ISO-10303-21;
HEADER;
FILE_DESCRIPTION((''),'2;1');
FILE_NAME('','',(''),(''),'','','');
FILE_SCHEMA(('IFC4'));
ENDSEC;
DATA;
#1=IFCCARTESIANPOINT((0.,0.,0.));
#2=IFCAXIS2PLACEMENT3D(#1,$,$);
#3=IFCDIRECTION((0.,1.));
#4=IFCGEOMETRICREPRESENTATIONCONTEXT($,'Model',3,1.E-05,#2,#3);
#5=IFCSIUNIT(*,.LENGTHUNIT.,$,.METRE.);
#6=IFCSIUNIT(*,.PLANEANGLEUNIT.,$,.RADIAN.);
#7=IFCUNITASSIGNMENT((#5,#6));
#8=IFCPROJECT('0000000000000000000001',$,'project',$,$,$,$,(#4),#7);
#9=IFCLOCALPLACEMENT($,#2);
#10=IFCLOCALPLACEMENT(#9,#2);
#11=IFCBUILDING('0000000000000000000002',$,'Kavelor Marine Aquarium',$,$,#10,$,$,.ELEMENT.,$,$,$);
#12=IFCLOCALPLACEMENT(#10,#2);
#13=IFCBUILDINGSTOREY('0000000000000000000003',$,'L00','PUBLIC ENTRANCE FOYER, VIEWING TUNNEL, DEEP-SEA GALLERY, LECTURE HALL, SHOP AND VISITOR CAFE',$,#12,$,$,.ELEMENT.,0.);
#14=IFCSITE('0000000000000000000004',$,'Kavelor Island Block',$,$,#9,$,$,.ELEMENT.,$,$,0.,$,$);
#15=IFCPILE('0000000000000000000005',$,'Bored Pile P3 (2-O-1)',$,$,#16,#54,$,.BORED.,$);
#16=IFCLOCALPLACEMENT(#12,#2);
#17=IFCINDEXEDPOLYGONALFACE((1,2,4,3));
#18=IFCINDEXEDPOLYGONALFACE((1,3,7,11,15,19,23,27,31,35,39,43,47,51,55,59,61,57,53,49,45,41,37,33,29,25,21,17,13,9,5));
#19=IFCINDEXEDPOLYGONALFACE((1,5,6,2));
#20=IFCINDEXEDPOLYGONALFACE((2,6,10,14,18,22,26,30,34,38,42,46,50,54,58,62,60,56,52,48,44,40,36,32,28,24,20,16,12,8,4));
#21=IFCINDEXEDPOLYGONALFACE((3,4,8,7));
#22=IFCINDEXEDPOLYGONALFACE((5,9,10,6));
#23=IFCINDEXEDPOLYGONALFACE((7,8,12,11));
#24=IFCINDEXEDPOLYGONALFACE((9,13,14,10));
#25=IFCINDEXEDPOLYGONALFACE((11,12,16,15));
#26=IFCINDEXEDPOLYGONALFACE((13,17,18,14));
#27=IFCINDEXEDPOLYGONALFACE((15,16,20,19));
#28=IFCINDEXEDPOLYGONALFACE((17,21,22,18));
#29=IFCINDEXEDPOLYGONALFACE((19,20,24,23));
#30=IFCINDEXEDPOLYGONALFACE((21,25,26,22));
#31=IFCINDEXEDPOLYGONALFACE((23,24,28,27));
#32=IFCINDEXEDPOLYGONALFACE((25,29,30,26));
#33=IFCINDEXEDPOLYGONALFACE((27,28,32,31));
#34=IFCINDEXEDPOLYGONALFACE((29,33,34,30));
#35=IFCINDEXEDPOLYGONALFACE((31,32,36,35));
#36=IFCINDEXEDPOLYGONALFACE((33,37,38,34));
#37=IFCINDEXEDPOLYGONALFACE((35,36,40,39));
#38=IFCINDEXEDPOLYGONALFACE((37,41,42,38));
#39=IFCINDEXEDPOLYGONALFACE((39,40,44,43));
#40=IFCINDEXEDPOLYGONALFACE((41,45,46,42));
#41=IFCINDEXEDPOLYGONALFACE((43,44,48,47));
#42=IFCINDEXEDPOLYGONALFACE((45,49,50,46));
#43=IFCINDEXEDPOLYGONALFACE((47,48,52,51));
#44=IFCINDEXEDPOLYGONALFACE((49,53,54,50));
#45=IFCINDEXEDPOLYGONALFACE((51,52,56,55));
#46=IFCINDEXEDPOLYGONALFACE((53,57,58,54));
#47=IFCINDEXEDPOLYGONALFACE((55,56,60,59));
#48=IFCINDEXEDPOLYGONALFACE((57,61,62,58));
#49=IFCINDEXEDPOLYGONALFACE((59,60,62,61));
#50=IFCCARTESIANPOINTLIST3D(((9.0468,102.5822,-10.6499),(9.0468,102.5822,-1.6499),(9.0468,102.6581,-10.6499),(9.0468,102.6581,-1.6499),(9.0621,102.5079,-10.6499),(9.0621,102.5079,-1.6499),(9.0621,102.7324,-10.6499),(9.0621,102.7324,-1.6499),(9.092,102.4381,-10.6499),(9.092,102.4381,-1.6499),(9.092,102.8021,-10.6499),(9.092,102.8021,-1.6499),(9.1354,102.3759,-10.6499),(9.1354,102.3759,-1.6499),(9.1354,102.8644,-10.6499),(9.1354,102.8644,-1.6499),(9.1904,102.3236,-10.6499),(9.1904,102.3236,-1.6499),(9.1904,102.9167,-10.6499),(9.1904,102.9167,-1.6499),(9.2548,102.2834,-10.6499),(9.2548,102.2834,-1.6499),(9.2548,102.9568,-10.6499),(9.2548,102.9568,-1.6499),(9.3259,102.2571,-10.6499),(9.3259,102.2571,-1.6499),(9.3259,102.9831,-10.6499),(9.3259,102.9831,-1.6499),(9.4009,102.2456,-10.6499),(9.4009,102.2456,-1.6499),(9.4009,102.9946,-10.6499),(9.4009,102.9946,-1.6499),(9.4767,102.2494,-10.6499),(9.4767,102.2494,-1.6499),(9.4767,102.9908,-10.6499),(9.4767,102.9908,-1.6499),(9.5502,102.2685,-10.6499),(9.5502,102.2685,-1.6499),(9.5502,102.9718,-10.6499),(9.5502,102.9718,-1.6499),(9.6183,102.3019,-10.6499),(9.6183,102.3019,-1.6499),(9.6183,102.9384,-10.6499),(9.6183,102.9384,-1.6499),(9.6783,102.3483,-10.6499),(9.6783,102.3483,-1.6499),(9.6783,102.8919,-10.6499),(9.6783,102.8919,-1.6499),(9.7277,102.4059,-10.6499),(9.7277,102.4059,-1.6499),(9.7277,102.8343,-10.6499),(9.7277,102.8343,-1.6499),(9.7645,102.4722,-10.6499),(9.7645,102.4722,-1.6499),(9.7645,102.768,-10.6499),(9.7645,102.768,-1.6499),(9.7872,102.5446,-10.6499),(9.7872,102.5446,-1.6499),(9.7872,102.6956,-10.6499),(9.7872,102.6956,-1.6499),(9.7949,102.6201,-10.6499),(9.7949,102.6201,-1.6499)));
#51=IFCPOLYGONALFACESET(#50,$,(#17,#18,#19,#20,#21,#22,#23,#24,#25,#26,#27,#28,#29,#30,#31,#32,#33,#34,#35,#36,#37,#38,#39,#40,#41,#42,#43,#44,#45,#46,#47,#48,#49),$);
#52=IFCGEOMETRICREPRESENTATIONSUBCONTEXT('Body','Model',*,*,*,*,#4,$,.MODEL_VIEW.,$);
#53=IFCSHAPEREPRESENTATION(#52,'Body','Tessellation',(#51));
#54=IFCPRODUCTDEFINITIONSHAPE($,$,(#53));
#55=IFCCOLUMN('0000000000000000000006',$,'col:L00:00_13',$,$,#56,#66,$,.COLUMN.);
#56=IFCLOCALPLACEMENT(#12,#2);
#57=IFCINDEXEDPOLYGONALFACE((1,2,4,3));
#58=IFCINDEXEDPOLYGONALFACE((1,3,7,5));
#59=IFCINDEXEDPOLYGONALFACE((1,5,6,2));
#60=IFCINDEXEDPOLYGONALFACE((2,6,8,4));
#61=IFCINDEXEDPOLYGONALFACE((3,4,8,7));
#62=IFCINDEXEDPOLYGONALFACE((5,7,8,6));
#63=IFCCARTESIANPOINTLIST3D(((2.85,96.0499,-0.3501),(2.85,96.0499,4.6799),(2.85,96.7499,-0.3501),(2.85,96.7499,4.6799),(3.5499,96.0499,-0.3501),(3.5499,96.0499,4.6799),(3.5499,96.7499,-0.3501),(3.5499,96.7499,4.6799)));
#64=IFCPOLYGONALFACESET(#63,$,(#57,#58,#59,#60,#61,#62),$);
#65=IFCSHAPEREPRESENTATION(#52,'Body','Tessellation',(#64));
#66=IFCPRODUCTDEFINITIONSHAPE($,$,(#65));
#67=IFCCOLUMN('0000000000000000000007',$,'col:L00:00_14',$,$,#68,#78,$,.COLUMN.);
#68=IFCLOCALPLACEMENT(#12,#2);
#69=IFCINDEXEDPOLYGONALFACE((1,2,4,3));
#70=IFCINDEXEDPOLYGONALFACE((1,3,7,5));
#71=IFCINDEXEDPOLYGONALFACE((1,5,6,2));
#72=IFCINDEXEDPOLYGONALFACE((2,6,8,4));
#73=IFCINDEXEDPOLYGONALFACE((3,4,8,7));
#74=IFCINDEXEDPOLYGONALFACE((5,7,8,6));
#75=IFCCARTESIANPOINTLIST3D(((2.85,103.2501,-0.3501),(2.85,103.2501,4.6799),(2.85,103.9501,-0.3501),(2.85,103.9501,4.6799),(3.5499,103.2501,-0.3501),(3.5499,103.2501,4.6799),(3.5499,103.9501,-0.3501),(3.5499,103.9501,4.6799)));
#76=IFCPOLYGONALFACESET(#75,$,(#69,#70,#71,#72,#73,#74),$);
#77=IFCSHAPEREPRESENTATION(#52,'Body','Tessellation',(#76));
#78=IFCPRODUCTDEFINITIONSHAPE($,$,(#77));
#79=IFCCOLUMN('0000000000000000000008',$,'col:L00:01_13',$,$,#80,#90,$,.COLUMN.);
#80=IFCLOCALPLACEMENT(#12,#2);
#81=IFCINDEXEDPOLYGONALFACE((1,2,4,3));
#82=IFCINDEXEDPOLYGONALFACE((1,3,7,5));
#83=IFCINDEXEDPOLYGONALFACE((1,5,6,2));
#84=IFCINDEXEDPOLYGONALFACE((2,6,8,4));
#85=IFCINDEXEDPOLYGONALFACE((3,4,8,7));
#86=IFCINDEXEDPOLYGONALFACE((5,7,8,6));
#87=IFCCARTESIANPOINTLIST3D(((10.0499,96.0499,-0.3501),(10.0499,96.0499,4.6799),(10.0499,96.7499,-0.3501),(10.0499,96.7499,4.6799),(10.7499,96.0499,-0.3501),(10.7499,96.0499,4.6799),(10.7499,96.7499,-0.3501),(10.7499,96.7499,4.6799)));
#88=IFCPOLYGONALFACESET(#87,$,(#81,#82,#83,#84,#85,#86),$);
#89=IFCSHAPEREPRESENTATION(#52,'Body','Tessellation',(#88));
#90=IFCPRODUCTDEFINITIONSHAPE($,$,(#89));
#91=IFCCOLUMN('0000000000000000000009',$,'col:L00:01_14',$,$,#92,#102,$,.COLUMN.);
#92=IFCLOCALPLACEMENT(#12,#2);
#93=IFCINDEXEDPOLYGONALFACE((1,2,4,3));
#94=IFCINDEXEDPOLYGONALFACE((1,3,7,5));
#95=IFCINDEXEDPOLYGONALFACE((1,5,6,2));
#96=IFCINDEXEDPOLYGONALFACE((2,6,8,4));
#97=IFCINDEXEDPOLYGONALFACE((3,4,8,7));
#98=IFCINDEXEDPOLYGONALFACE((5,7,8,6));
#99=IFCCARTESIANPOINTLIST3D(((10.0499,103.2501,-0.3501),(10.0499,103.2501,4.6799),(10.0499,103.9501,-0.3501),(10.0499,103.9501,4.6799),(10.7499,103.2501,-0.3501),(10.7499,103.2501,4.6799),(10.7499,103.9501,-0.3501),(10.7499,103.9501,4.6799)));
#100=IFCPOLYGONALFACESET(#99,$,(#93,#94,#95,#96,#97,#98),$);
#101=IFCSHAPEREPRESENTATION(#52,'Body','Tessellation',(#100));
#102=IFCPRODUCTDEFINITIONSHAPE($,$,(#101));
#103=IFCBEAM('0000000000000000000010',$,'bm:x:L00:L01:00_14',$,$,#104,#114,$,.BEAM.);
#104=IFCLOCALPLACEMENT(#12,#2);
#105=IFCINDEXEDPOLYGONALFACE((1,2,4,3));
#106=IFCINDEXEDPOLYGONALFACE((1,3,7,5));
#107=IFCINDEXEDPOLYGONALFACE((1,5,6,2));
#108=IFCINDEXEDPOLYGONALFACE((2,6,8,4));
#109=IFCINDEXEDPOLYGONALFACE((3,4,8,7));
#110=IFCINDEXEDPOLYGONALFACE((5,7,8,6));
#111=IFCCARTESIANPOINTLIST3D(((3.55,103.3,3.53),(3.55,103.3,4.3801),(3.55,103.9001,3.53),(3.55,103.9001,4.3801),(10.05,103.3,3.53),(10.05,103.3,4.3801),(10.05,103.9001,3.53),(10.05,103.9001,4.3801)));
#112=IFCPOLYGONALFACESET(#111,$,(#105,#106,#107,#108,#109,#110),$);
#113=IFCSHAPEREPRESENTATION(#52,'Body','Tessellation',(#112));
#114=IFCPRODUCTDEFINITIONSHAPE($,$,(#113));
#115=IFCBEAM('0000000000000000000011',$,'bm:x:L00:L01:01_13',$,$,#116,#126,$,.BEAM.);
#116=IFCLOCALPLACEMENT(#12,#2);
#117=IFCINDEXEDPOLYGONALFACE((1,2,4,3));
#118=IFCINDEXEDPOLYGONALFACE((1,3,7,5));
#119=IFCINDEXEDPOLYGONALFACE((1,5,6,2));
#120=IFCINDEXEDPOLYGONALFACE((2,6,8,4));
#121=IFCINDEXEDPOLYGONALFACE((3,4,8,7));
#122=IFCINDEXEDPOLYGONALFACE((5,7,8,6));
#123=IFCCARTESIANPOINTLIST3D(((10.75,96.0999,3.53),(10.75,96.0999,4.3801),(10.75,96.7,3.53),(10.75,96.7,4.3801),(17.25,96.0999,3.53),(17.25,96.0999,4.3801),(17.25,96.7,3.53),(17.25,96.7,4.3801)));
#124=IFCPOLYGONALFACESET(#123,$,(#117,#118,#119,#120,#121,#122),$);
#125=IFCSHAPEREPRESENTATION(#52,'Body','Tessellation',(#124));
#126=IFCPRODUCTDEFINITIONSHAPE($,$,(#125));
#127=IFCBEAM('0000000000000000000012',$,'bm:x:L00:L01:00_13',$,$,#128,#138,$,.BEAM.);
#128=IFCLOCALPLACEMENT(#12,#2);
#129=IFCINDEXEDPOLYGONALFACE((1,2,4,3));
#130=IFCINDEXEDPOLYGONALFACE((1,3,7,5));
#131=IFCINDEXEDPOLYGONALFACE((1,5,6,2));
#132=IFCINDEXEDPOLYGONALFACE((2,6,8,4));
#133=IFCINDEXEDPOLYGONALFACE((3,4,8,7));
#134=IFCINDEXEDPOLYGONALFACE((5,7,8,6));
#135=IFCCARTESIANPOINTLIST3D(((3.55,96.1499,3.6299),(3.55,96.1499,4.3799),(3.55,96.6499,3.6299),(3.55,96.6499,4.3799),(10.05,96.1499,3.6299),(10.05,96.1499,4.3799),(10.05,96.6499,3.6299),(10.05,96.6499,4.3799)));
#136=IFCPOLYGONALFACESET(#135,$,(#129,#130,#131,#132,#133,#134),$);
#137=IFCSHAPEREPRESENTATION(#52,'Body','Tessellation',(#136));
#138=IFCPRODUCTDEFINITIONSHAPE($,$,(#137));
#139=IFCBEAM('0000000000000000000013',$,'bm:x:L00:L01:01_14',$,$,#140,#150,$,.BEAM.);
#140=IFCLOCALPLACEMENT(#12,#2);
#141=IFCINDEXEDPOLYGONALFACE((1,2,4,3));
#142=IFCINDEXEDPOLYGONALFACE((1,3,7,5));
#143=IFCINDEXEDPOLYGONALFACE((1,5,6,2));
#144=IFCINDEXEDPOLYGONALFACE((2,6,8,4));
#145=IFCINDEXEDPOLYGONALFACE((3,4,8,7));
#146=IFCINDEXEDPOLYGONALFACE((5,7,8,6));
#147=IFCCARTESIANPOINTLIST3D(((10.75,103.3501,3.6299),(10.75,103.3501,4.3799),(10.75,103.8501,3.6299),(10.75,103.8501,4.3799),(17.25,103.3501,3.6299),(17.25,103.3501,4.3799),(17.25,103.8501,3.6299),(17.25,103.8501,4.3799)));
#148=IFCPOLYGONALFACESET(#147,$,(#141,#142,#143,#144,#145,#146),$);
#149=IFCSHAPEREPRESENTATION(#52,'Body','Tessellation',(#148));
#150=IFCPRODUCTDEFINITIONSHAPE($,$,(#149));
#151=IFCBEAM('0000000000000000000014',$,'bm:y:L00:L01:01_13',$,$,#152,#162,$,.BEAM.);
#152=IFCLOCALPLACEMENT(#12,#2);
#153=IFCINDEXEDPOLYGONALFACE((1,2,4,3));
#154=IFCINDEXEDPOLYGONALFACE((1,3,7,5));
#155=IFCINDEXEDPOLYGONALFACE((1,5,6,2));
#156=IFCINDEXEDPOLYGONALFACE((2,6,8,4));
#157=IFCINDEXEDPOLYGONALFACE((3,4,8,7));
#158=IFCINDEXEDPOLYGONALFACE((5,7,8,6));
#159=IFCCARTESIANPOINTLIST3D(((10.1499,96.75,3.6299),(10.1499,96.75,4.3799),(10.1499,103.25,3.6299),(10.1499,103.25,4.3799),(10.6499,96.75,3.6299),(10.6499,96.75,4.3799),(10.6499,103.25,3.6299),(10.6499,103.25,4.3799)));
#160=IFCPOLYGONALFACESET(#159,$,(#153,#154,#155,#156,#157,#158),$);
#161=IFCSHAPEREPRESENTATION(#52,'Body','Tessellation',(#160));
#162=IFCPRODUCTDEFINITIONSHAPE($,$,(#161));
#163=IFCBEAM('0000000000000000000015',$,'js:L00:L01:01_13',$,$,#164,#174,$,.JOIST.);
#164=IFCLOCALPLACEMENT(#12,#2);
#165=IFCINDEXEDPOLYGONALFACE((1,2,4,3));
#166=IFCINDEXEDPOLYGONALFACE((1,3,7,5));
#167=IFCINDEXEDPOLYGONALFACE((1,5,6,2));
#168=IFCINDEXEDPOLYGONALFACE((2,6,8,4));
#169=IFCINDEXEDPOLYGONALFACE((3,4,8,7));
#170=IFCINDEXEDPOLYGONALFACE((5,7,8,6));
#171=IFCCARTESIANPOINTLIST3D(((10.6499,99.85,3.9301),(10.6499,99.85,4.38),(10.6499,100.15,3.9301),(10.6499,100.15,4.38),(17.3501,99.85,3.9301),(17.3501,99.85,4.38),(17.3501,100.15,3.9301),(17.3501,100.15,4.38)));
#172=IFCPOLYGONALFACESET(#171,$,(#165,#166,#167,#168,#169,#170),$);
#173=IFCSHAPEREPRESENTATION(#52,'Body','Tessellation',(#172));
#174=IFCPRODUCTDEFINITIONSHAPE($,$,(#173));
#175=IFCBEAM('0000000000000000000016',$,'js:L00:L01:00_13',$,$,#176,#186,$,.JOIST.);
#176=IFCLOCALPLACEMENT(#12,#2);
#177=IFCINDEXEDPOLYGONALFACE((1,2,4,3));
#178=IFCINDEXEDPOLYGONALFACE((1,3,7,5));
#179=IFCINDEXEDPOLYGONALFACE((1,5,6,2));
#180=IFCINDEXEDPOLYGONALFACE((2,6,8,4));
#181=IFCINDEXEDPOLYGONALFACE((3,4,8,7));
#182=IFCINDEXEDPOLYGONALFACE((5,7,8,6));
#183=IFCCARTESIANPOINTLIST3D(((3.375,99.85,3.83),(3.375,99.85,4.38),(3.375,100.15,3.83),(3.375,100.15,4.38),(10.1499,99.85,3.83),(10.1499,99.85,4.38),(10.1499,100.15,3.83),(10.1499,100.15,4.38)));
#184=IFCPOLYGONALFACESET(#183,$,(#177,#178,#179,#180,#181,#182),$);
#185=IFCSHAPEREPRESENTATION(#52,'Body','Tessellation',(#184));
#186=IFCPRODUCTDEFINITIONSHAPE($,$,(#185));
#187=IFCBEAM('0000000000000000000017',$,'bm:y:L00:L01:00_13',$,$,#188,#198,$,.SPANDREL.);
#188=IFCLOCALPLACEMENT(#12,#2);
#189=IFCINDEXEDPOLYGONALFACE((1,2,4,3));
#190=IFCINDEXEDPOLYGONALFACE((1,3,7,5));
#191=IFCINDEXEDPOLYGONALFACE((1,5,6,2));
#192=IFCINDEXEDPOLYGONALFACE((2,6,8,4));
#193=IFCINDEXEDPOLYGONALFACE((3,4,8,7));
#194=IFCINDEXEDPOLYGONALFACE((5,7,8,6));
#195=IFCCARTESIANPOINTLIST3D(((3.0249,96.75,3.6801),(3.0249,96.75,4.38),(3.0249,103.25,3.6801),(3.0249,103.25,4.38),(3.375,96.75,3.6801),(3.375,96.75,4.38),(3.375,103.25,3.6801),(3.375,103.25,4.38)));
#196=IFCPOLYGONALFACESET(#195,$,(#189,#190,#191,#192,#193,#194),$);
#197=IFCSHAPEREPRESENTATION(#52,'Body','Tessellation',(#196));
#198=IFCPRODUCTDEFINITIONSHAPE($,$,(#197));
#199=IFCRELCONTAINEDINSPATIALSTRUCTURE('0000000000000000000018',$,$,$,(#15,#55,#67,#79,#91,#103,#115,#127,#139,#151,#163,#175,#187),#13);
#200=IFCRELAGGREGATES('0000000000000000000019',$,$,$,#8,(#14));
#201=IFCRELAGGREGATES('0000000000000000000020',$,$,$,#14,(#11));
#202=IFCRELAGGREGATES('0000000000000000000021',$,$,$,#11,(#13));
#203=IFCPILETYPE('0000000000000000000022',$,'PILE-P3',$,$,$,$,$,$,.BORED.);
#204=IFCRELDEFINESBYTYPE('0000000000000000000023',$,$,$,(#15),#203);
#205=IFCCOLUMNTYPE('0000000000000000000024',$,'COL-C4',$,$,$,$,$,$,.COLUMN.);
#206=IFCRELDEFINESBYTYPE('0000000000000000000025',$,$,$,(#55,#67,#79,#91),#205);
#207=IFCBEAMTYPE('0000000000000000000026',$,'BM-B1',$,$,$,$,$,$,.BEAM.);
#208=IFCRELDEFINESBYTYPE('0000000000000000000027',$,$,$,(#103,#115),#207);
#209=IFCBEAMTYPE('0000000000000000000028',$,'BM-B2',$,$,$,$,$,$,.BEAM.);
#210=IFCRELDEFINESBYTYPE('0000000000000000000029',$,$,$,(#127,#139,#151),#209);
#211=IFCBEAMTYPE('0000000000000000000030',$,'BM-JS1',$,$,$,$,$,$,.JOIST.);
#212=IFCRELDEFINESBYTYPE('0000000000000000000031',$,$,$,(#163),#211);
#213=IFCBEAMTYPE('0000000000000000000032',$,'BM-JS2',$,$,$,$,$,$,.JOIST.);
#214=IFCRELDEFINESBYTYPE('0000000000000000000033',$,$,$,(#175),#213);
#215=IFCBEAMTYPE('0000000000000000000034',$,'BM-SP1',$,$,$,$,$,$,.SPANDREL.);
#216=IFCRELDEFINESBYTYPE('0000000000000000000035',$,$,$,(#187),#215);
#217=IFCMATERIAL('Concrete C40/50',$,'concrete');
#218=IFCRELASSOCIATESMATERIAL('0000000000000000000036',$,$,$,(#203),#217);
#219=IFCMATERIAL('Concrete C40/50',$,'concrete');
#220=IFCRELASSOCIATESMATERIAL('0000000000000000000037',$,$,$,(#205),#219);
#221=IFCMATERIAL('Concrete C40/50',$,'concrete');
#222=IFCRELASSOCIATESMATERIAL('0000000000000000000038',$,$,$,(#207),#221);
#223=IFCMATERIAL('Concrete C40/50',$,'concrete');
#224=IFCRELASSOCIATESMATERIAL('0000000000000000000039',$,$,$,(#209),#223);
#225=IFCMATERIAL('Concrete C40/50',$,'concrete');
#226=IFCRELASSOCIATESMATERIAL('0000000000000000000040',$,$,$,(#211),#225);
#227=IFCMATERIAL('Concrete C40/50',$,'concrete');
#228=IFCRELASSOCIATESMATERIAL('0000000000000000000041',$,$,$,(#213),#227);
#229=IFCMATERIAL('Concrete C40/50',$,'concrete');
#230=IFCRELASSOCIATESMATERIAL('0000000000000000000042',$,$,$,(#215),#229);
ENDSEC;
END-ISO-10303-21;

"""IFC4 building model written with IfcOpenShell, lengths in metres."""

from ifc_helpers import new_model, si_unit, direction, frame, origin, origin_2d, place, context, subcontext, project, spatial, rectangle, circle, extrude, material, material_profile, profile_set, type_object, element, save


model = new_model("IFC4")

# Units and contexts
model_context = context("Model", 3, precision=1e-05, world=origin(), true_north=direction((0.0, 1.0)))
body_context = subcontext(model_context, "Body", "Model", "MODEL_VIEW")
ifc_project = project(units=[si_unit("LENGTHUNIT", "METRE"), si_unit("PLANEANGLEUNIT", "RADIAN")], contexts=[model_context])

# Site, building, storey
site_placement = place(None, origin())
site = spatial("IfcSite", under=ifc_project, at=site_placement, Name="Kavelor Island Block", CompositionType="ELEMENT", RefElevation=0.0)
building_placement = place(site_placement, origin())
building = spatial("IfcBuilding", under=site, at=building_placement, Name="Kavelor Marine Aquarium", CompositionType="ELEMENT")
storey_placement = place(building_placement, origin())
storey = spatial("IfcBuildingStorey", under=building, at=storey_placement, Name="L00", Description="PUBLIC ENTRANCE FOYER, VIEWING TUNNEL, DEEP-SEA GALLERY, LECTURE HALL, SHOP AND VISITOR CAFE", CompositionType="ELEMENT", Elevation=0.0)

# Pile
ifc_material_1 = material(Name="Concrete C40/50", Category="concrete")
ifc_material_profile_1 = material_profile(ifc_material_1, circle(Radius=0.375, at=origin_2d()), Name="PILE D750")
ifc_profile_set_1 = profile_set([ifc_material_profile_1], Name="Concrete C40/50")
pile_type = type_object("IfcPileType", Name="PILE-P3", PredefinedType="BORED", material=ifc_profile_set_1)
for number, where, z_axis, x_axis, name in (
    (1, (9.4199, 102.6201, -1.6499), (0.0, 0.0, -1.0), (1.0, 0.0, 0.0), "Bored Pile P3 (2-O-1)"),
):
    element("IfcPile", number, at=place(storey_placement, frame(where, z_axis=z_axis, x_axis=x_axis)), inside=storey, type_object=pile_type, Name=name, PredefinedType="BORED", context=body_context, shape_type="SweptSolid", body=[
        extrude(circle(Radius=0.375, at=origin_2d()), origin(), (0.0, 0.0, 1.0), 9.0),
    ])

# Columns
ifc_material_2 = material(Name="Concrete C40/50", Category="concrete")
ifc_material_profile_2 = material_profile(ifc_material_2, rectangle(XDim=0.7, YDim=0.7, at=origin_2d()), Name="RC-COL 700x700")
ifc_profile_set_2 = profile_set([ifc_material_profile_2], Name="Concrete C40/50")
column_type = type_object("IfcColumnType", Name="COL-C4", PredefinedType="COLUMN", material=ifc_profile_set_2)
for number, where, z_axis, x_axis, name in (
    (2, (3.2, 96.3999, -0.3501), (0.0, 0.0, 1.0), (1.0, 0.0, 0.0), "col:L00:00_13"),
    (3, (3.2, 103.6001, -0.3501), (0.0, 0.0, 1.0), (1.0, 0.0, 0.0), "col:L00:00_14"),
    (4, (10.3999, 96.3999, -0.3501), (0.0, 0.0, 1.0), (1.0, 0.0, 0.0), "col:L00:01_13"),
    (5, (10.3999, 103.6001, -0.3501), (0.0, 0.0, 1.0), (1.0, 0.0, 0.0), "col:L00:01_14"),
):
    element("IfcColumn", number, at=place(storey_placement, frame(where, z_axis=z_axis, x_axis=x_axis)), inside=storey, type_object=column_type, Name=name, PredefinedType="COLUMN", context=body_context, shape_type="SweptSolid", body=[
        extrude(rectangle(XDim=0.7, YDim=0.7, at=origin_2d()), origin(), (0.0, 0.0, 1.0), 5.03),
    ])

# Beams
ifc_material_3 = material(Name="Concrete C40/50", Category="concrete")
ifc_material_profile_3 = material_profile(ifc_material_3, rectangle(XDim=0.6001, YDim=0.8501, at=origin_2d()), Name="RC-BM 600x850")
ifc_profile_set_3 = profile_set([ifc_material_profile_3], Name="Concrete C40/50")
beam_type_1 = type_object("IfcBeamType", Name="BM-B1", PredefinedType="BEAM", material=ifc_profile_set_3)
for number, where, z_axis, x_axis, name in (
    (6, (3.55, 103.6001, 3.9551), (1.0, 0.0, 0.0), (0.0, 1.0, 0.0), "bm:x:L00:L01:00_14"),
    (7, (10.75, 96.3999, 3.9551), (1.0, 0.0, 0.0), (0.0, 1.0, 0.0), "bm:x:L00:L01:01_13"),
):
    element("IfcBeam", number, at=place(storey_placement, frame(where, z_axis=z_axis, x_axis=x_axis)), inside=storey, type_object=beam_type_1, Name=name, PredefinedType="BEAM", context=body_context, shape_type="SweptSolid", body=[
        extrude(rectangle(XDim=0.6001, YDim=0.8501, at=origin_2d()), origin(), (0.0, 0.0, 1.0), 6.5),
    ])
ifc_material_4 = material(Name="Concrete C40/50", Category="concrete")
ifc_material_profile_4 = material_profile(ifc_material_4, rectangle(XDim=0.5, YDim=0.75, at=origin_2d()), Name="RC-BM 500x750")
ifc_profile_set_4 = profile_set([ifc_material_profile_4], Name="Concrete C40/50")
beam_type_2 = type_object("IfcBeamType", Name="BM-B2", PredefinedType="BEAM", material=ifc_profile_set_4)
for number, where, z_axis, x_axis, name in (
    (8, (3.55, 96.3999, 4.0049), (1.0, 0.0, 0.0), (0.0, 1.0, 0.0), "bm:x:L00:L01:00_13"),
    (9, (10.75, 103.6001, 4.0049), (1.0, 0.0, 0.0), (0.0, 1.0, 0.0), "bm:x:L00:L01:01_14"),
    (10, (10.3999, 96.75, 4.0049), (0.0, 1.0, 0.0), (-1.0, 0.0, 0.0), "bm:y:L00:L01:01_13"),
):
    element("IfcBeam", number, at=place(storey_placement, frame(where, z_axis=z_axis, x_axis=x_axis)), inside=storey, type_object=beam_type_2, Name=name, PredefinedType="BEAM", context=body_context, shape_type="SweptSolid", body=[
        extrude(rectangle(XDim=0.5, YDim=0.75, at=origin_2d()), origin(), (0.0, 0.0, 1.0), 6.5),
    ])
ifc_material_5 = material(Name="Concrete C40/50", Category="concrete")
ifc_material_profile_5 = material_profile(ifc_material_5, rectangle(XDim=0.3, YDim=0.45, at=origin_2d()), Name="RC-JS 300x450")
ifc_profile_set_5 = profile_set([ifc_material_profile_5], Name="Concrete C40/50")
beam_type_3 = type_object("IfcBeamType", Name="BM-JS1", PredefinedType="JOIST", material=ifc_profile_set_5)
beam_1_placement = place(storey_placement, frame((10.6499, 100.0, 4.155), z_axis=(1.0, 0.0, 0.0), x_axis=(0.0, 1.0, 0.0)))
element("IfcBeam", 11, at=beam_1_placement, inside=storey, type_object=beam_type_3, Name="js:L00:L01:01_13", PredefinedType="JOIST", context=body_context, shape_type="SweptSolid", body=[
    extrude(rectangle(XDim=0.3, YDim=0.45, at=origin_2d()), origin(), (0.0, 0.0, 1.0), 6.7002),
])
ifc_material_6 = material(Name="Concrete C40/50", Category="concrete")
ifc_material_profile_6 = material_profile(ifc_material_6, rectangle(XDim=0.3, YDim=0.55, at=origin_2d()), Name="RC-JS 300x550")
ifc_profile_set_6 = profile_set([ifc_material_profile_6], Name="Concrete C40/50")
beam_type_4 = type_object("IfcBeamType", Name="BM-JS2", PredefinedType="JOIST", material=ifc_profile_set_6)
beam_2_placement = place(storey_placement, frame((3.375, 100.0, 4.105), z_axis=(1.0, 0.0, 0.0), x_axis=(0.0, 1.0, 0.0)))
element("IfcBeam", 12, at=beam_2_placement, inside=storey, type_object=beam_type_4, Name="js:L00:L01:00_13", PredefinedType="JOIST", context=body_context, shape_type="SweptSolid", body=[
    extrude(rectangle(XDim=0.3, YDim=0.55, at=origin_2d()), origin(), (0.0, 0.0, 1.0), 6.7749),
])
ifc_material_7 = material(Name="Concrete C40/50", Category="concrete")
ifc_material_profile_7 = material_profile(ifc_material_7, rectangle(XDim=0.3501, YDim=0.7, at=origin_2d()), Name="RC-SP 350x700")
ifc_profile_set_7 = profile_set([ifc_material_profile_7], Name="Concrete C40/50")
beam_type_5 = type_object("IfcBeamType", Name="BM-SP1", PredefinedType="SPANDREL", material=ifc_profile_set_7)
beam_3_placement = place(storey_placement, frame((3.2, 96.75, 4.03), z_axis=(0.0, 1.0, 0.0), x_axis=(-1.0, 0.0, 0.0)))
element("IfcBeam", 13, at=beam_3_placement, inside=storey, type_object=beam_type_5, Name="bm:y:L00:L01:00_13", PredefinedType="SPANDREL", context=body_context, shape_type="SweptSolid", body=[
    extrude(rectangle(XDim=0.3501, YDim=0.7, at=origin_2d()), origin(), (0.0, 0.0, 1.0), 6.5),
])

save(model, "model.ifc")
